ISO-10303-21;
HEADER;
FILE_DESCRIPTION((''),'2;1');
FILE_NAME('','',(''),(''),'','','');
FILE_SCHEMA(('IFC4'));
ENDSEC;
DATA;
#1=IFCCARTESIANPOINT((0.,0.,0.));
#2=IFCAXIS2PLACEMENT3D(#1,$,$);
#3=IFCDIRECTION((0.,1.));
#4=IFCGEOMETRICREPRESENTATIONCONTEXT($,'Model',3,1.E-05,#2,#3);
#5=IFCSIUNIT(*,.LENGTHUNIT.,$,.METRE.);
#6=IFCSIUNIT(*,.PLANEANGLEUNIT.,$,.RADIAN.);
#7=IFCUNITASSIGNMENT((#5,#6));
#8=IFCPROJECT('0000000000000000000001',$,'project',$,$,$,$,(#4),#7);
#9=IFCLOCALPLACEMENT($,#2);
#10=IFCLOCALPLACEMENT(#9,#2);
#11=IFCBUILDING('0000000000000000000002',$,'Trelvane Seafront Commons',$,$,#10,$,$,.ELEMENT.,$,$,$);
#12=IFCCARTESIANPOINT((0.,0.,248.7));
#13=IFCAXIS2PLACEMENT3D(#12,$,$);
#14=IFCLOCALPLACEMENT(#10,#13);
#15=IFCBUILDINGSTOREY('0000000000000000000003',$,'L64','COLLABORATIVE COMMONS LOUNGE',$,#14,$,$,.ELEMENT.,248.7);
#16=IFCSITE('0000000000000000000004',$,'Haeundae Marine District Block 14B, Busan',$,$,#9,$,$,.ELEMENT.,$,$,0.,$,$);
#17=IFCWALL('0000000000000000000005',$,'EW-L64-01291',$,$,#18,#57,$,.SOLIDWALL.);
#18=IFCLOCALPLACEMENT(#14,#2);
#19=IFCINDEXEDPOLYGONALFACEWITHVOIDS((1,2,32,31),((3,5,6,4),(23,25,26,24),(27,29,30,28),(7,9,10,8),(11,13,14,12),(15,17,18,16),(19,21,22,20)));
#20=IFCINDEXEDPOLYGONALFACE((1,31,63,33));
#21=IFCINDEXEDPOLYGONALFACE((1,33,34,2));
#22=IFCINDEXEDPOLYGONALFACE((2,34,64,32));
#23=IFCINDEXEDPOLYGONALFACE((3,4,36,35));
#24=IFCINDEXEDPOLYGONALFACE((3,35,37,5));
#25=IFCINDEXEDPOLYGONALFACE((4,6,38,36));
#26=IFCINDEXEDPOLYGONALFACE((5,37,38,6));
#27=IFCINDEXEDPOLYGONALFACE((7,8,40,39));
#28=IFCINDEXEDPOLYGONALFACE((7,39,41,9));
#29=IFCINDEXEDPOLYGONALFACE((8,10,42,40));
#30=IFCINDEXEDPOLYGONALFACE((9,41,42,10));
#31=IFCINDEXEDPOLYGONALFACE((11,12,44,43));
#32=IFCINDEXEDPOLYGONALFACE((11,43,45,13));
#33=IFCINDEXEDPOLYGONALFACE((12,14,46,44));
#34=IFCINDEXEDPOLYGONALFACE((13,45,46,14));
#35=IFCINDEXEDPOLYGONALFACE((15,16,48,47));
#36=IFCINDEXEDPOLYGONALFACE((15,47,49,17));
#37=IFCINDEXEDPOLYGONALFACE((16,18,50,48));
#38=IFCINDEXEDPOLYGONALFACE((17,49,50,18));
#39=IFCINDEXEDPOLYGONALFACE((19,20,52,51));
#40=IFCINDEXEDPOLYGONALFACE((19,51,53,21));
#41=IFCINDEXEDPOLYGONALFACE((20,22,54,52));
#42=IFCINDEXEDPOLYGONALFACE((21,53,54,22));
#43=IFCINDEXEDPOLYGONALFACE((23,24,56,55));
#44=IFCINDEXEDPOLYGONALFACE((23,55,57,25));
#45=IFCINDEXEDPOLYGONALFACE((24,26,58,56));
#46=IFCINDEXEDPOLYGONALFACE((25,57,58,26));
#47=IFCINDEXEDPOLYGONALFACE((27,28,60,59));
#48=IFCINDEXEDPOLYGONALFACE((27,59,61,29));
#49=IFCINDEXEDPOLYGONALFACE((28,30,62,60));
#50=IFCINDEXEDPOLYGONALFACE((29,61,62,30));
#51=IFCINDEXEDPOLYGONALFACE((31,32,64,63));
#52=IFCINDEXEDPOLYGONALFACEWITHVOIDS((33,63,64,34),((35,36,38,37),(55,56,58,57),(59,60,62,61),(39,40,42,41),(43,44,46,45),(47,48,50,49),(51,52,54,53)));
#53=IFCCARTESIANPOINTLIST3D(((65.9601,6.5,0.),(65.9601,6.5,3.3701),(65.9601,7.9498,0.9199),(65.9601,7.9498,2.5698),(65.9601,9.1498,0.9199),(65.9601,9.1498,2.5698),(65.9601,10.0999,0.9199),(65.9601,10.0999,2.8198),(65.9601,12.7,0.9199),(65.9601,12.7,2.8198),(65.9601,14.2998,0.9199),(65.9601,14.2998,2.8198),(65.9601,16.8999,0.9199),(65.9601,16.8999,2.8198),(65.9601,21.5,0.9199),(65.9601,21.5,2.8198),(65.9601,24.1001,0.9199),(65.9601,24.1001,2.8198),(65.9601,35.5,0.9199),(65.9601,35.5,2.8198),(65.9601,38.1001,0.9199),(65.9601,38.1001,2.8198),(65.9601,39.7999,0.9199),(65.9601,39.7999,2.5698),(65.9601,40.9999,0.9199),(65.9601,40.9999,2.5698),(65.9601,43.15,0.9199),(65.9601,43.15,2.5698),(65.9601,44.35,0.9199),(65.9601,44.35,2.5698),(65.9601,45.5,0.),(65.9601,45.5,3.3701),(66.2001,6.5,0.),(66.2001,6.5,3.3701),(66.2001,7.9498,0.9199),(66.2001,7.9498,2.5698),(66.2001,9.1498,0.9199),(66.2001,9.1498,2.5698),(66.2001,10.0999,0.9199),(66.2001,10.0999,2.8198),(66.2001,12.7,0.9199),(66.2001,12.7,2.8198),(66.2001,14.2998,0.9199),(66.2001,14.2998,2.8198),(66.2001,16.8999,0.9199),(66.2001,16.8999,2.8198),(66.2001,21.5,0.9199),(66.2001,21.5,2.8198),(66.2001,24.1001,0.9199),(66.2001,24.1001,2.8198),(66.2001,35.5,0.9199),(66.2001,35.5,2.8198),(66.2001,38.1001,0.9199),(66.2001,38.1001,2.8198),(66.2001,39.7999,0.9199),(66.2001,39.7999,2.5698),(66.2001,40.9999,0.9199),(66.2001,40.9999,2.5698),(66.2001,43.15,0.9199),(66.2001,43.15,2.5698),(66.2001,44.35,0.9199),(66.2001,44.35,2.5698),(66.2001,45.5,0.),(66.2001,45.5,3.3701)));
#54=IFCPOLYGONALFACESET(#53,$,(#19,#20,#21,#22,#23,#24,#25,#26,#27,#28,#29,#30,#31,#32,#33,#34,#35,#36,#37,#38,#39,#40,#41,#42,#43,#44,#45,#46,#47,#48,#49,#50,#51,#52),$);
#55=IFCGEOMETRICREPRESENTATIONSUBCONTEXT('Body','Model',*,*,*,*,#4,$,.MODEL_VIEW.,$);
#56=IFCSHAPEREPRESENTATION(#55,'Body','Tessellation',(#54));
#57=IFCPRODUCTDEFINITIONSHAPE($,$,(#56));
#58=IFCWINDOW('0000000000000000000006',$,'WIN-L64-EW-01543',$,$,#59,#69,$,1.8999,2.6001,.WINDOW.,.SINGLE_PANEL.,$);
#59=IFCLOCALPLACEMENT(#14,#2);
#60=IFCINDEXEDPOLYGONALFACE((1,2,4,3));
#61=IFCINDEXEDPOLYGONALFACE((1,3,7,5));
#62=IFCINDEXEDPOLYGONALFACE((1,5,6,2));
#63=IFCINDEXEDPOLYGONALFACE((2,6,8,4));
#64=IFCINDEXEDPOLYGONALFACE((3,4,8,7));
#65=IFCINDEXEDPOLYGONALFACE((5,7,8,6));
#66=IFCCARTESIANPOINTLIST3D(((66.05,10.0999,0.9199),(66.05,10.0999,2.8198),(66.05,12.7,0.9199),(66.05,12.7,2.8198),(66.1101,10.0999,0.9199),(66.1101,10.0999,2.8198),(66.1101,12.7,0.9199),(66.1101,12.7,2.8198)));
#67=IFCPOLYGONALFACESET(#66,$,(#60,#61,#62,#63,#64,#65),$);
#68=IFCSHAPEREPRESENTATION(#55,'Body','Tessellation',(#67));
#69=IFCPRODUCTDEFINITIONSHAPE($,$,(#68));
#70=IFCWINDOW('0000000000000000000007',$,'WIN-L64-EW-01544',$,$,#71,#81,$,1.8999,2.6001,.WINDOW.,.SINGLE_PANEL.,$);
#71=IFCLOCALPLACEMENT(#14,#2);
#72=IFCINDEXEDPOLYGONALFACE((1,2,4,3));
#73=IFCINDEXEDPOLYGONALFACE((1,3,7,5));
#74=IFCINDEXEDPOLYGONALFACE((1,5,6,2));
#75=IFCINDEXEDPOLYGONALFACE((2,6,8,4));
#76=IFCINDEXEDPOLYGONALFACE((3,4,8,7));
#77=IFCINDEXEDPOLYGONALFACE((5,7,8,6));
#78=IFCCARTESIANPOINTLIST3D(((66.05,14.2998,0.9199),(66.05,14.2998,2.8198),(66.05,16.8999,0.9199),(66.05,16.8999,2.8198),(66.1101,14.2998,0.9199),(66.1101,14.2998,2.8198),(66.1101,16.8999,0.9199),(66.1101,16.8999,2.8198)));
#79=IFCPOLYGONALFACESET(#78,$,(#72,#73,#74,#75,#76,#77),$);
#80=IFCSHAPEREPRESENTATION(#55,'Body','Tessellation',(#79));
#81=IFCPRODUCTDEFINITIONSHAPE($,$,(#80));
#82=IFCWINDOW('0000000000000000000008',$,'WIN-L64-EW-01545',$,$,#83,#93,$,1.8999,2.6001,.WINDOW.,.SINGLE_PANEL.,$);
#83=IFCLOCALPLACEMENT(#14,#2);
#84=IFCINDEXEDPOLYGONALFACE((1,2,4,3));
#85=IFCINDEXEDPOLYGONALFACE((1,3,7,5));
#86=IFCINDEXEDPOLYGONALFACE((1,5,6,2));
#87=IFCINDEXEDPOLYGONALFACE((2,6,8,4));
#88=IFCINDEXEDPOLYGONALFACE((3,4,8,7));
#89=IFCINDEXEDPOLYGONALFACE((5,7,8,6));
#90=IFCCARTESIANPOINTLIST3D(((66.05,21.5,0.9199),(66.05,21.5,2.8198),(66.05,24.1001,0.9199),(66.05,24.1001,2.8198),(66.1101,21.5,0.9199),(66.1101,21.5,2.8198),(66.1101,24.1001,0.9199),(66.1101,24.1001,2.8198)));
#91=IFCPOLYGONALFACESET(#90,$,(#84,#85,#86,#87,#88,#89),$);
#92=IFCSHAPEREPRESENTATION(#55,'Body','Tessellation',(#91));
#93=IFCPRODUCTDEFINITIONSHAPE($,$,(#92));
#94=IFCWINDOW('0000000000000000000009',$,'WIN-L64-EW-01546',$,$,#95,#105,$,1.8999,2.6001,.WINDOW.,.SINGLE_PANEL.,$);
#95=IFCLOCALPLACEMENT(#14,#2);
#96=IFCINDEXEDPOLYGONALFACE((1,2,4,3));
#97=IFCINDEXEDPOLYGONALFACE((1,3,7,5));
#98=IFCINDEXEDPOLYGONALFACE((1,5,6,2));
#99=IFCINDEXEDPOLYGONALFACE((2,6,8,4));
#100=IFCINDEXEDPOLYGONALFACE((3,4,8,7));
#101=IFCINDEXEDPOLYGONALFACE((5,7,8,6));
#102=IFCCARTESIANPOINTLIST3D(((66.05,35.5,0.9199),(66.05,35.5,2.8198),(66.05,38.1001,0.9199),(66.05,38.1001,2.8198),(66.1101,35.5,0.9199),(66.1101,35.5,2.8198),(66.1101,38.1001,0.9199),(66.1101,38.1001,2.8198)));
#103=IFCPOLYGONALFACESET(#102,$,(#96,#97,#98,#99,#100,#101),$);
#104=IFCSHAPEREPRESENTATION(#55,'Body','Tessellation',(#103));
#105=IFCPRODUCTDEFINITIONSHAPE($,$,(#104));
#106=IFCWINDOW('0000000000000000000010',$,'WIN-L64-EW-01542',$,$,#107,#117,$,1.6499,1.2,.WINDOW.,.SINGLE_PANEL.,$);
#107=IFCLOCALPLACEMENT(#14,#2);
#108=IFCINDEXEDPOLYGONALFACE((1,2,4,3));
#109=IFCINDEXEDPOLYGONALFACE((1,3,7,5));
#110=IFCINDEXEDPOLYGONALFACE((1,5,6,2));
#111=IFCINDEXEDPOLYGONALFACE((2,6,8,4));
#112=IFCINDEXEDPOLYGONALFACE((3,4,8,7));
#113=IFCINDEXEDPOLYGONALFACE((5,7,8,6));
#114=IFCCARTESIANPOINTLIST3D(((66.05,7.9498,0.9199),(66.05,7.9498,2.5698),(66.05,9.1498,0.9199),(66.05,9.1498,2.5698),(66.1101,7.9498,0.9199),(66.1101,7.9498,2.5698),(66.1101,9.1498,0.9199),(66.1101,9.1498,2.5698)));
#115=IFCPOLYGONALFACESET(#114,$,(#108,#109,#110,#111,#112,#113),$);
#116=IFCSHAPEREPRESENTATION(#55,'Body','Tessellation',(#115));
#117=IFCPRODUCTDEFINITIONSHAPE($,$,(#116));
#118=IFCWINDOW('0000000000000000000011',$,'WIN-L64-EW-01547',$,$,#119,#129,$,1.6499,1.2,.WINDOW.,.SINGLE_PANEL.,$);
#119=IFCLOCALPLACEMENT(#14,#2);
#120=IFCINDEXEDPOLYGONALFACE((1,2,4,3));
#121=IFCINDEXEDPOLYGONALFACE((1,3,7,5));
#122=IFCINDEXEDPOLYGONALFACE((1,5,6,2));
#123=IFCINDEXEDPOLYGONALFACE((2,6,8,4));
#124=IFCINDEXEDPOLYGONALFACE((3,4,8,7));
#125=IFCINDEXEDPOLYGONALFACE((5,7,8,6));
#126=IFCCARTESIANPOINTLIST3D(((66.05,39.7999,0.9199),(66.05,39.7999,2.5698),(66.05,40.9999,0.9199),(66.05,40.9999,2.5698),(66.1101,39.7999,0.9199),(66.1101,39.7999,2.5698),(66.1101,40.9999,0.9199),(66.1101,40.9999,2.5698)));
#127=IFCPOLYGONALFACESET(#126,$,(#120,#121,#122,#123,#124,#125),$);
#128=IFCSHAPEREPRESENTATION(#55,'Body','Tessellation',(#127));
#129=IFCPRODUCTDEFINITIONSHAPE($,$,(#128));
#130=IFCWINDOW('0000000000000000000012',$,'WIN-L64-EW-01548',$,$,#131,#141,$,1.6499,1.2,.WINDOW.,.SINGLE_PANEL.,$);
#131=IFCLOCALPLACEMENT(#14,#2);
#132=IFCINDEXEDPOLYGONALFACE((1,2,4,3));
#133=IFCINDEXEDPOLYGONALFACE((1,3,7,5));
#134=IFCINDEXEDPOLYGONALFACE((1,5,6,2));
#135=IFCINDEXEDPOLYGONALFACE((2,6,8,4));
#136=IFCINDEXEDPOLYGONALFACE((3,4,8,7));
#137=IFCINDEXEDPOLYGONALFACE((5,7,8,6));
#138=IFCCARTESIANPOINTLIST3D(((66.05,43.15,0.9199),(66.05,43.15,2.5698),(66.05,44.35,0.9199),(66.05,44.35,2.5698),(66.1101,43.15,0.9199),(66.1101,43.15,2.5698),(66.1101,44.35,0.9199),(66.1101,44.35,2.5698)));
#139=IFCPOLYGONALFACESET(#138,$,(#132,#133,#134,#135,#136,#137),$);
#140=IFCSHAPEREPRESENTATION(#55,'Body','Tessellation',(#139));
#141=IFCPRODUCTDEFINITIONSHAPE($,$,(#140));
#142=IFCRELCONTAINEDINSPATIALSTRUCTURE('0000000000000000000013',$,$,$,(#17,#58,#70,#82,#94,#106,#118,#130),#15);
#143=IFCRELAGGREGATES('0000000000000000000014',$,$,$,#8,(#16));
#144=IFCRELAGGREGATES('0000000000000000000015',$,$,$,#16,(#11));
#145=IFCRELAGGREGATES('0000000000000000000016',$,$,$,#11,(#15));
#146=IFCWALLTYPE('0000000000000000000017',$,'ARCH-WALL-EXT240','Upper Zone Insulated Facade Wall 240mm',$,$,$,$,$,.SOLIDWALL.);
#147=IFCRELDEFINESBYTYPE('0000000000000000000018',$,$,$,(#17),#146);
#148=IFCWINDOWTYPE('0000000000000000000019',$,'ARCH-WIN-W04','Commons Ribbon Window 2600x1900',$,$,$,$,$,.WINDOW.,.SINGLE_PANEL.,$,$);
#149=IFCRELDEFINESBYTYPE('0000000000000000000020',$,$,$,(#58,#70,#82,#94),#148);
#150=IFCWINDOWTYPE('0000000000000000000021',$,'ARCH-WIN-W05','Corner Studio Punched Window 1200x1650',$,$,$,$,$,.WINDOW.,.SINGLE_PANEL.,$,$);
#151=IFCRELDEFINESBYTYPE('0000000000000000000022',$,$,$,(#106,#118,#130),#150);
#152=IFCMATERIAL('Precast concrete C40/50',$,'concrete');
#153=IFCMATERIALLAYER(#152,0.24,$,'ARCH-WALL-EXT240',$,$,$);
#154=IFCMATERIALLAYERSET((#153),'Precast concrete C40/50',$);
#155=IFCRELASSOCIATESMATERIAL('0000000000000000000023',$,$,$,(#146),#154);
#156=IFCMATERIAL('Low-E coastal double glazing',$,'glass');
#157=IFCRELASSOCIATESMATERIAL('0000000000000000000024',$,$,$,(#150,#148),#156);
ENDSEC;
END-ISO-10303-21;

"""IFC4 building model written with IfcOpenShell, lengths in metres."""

from ifc_helpers import new_model, si_unit, direction, frame, frame_2d, origin, place, context, subcontext, project, spatial, rectangle, extrude, source, transform, mapped, material, layer, layer_set, type_object, element, fill, save


model = new_model("IFC4")

# Units and contexts
model_context = context("Model", 3, precision=1e-05, world=origin(), true_north=direction((0.0, 1.0)))
body_context = subcontext(model_context, "Body", "Model", "MODEL_VIEW")
ifc_project = project(units=[si_unit("LENGTHUNIT", "METRE"), si_unit("PLANEANGLEUNIT", "RADIAN")], contexts=[model_context])

# Site, building, storey
site_placement = place(None, origin())
site = spatial("IfcSite", under=ifc_project, at=site_placement, Name="Haeundae Marine District Block 14B, Busan", CompositionType="ELEMENT", RefElevation=0.0)
building_placement = place(site_placement, origin())
building = spatial("IfcBuilding", under=site, at=building_placement, Name="Trelvane Seafront Commons", CompositionType="ELEMENT")
storey_placement = place(building_placement, frame((0.0, 0.0, 248.7)))
storey = spatial("IfcBuildingStorey", under=building, at=storey_placement, Name="L64", Description="COLLABORATIVE COMMONS LOUNGE", CompositionType="ELEMENT", Elevation=248.7)

# Shared definitions
ifc_material_1 = material(Name="Low-E coastal double glazing", Category="glass")

# Shared definitions
ifc_material_2 = material(Name="Precast concrete C40/50", Category="concrete")
ifc_layer_1 = layer(ifc_material_2, 0.24, Name="ARCH-WALL-EXT240")
ifc_layer_set_1 = layer_set([ifc_layer_1], Name="Precast concrete C40/50")
wall_type_1 = type_object("IfcWallType", Name="ARCH-WALL-EXT240", Description="Upper Zone Insulated Facade Wall 240mm", PredefinedType="SOLIDWALL", material=ifc_layer_set_1)
window_type_1 = type_object("IfcWindowType", Name="ARCH-WIN-W05", Description="Corner Studio Punched Window 1200x1650", PartitioningType="SINGLE_PANEL", PredefinedType="WINDOW", material=ifc_material_1)
shared_shape_1 = source(origin(), body_context, "Body", "SweptSolid", [
    extrude(rectangle(XDim=1.2, YDim=1.6499, at=frame_2d((0.6001, 0.825))), frame((0.0, 0.03, 0.0), z_axis=(0.0, -1.0, 0.0), x_axis=(1.0, 0.0, 0.0)), (0.0, 0.0, 1.0), 0.0601),
])

# Wall, openings, windows
wall_1_placement = place(storey_placement, frame((66.0801, 45.5, 0.0), z_axis=(0.0, 0.0, 1.0), x_axis=(0.0, -1.0, 0.0)))
wall_1 = element("IfcWall", 1, at=wall_1_placement, inside=storey, type_object=wall_type_1, Name="EW-L64-01291", PredefinedType="SOLIDWALL", context=body_context, shape_type="SweptSolid", body=[
    extrude(rectangle(XDim=39.0, YDim=0.24, at=frame_2d((19.5, 0.0))), origin(), (0.0, 0.0, 1.0), 3.3701),
])
opening_1_placement = place(wall_1_placement, frame((36.3501, 0.0, 0.9199)))
opening_1 = element("IfcOpeningElement", 2, at=opening_1_placement, cuts=wall_1, PredefinedType="OPENING", context=body_context, shape_type="SweptSolid", body=[
    extrude(rectangle(XDim=1.2, YDim=1.6499, at=frame_2d((0.6001, 0.825))), frame((0.0, 0.1299, 0.0), z_axis=(0.0, -1.0, 0.0), x_axis=(1.0, 0.0, 0.0)), (0.0, 0.0, 1.0), 0.26),
])
opening_2_placement = place(wall_1_placement, frame((32.8, 0.0, 0.9199)))
opening_2 = element("IfcOpeningElement", 3, at=opening_2_placement, cuts=wall_1, PredefinedType="OPENING", context=body_context, shape_type="SweptSolid", body=[
    extrude(rectangle(XDim=2.6001, YDim=1.8999, at=frame_2d((1.3, 0.95))), frame((0.0, 0.1299, 0.0), z_axis=(0.0, -1.0, 0.0), x_axis=(1.0, 0.0, 0.0)), (0.0, 0.0, 1.0), 0.26),
])
opening_3_placement = place(wall_1_placement, frame((28.6001, 0.0, 0.9199)))
opening_3 = element("IfcOpeningElement", 4, at=opening_3_placement, cuts=wall_1, PredefinedType="OPENING", context=body_context, shape_type="SweptSolid", body=[
    extrude(rectangle(XDim=2.6001, YDim=1.8999, at=frame_2d((1.3, 0.95))), frame((0.0, 0.1299, 0.0), z_axis=(0.0, -1.0, 0.0), x_axis=(1.0, 0.0, 0.0)), (0.0, 0.0, 1.0), 0.26),
])
opening_4_placement = place(wall_1_placement, frame((21.3999, 0.0, 0.9199)))
opening_4 = element("IfcOpeningElement", 5, at=opening_4_placement, cuts=wall_1, PredefinedType="OPENING", context=body_context, shape_type="SweptSolid", body=[
    extrude(rectangle(XDim=2.6001, YDim=1.8999, at=frame_2d((1.3, 0.95))), frame((0.0, 0.1299, 0.0), z_axis=(0.0, -1.0, 0.0), x_axis=(1.0, 0.0, 0.0)), (0.0, 0.0, 1.0), 0.26),
])
opening_5_placement = place(wall_1_placement, frame((7.3999, 0.0, 0.9199)))
opening_5 = element("IfcOpeningElement", 6, at=opening_5_placement, cuts=wall_1, PredefinedType="OPENING", context=body_context, shape_type="SweptSolid", body=[
    extrude(rectangle(XDim=2.6001, YDim=1.8999, at=frame_2d((1.3, 0.95))), frame((0.0, 0.1299, 0.0), z_axis=(0.0, -1.0, 0.0), x_axis=(1.0, 0.0, 0.0)), (0.0, 0.0, 1.0), 0.26),
])
opening_6_placement = place(wall_1_placement, frame((4.5, 0.0, 0.9199)))
opening_6 = element("IfcOpeningElement", 7, at=opening_6_placement, cuts=wall_1, PredefinedType="OPENING", context=body_context, shape_type="SweptSolid", body=[
    extrude(rectangle(XDim=1.2, YDim=1.6499, at=frame_2d((0.6001, 0.825))), frame((0.0, 0.1299, 0.0), z_axis=(0.0, -1.0, 0.0), x_axis=(1.0, 0.0, 0.0)), (0.0, 0.0, 1.0), 0.26),
])
opening_7_placement = place(wall_1_placement, frame((1.1499, 0.0, 0.9199)))
opening_7 = element("IfcOpeningElement", 8, at=opening_7_placement, cuts=wall_1, PredefinedType="OPENING", context=body_context, shape_type="SweptSolid", body=[
    extrude(rectangle(XDim=1.2, YDim=1.6499, at=frame_2d((0.6001, 0.825))), frame((0.0, 0.1299, 0.0), z_axis=(0.0, -1.0, 0.0), x_axis=(1.0, 0.0, 0.0)), (0.0, 0.0, 1.0), 0.26),
])
window_type_2 = type_object("IfcWindowType", Name="ARCH-WIN-W04", Description="Commons Ribbon Window 2600x1900", PartitioningType="SINGLE_PANEL", PredefinedType="WINDOW", material=ifc_material_1)
shared_shape_2 = source(origin(), body_context, "Body", "SweptSolid", [
    extrude(rectangle(XDim=2.6001, YDim=1.8999, at=frame_2d((1.3, 0.95))), frame((0.0, 0.03, 0.0), z_axis=(0.0, -1.0, 0.0), x_axis=(1.0, 0.0, 0.0)), (0.0, 0.0, 1.0), 0.0601),
])
window_1_placement = place(opening_2_placement, origin())
window_1 = element("IfcWindow", 9, at=window_1_placement, inside=storey, type_object=window_type_2, Name="WIN-L64-EW-01543", OverallHeight=1.8999, OverallWidth=2.6001, PartitioningType="SINGLE_PANEL", PredefinedType="WINDOW", context=body_context, shape_type="MappedRepresentation", body=[
    mapped(shared_shape_2, transform((0.0, 0.0, 0.0), x_axis=(1.0, 0.0, 0.0), y_axis=(0.0, 1.0, 0.0), z_axis=(0.0, 0.0, 1.0), scale=1.0)),
])
fill(opening_2, window_1)
window_2_placement = place(opening_3_placement, origin())
window_2 = element("IfcWindow", 10, at=window_2_placement, inside=storey, type_object=window_type_2, Name="WIN-L64-EW-01544", OverallHeight=1.8999, OverallWidth=2.6001, PartitioningType="SINGLE_PANEL", PredefinedType="WINDOW", context=body_context, shape_type="MappedRepresentation", body=[
    mapped(shared_shape_2, transform((0.0, 0.0, 0.0), x_axis=(1.0, 0.0, 0.0), y_axis=(0.0, 1.0, 0.0), z_axis=(0.0, 0.0, 1.0), scale=1.0)),
])
fill(opening_3, window_2)
window_3_placement = place(opening_4_placement, origin())
window_3 = element("IfcWindow", 11, at=window_3_placement, inside=storey, type_object=window_type_2, Name="WIN-L64-EW-01545", OverallHeight=1.8999, OverallWidth=2.6001, PartitioningType="SINGLE_PANEL", PredefinedType="WINDOW", context=body_context, shape_type="MappedRepresentation", body=[
    mapped(shared_shape_2, transform((0.0, 0.0, 0.0), x_axis=(1.0, 0.0, 0.0), y_axis=(0.0, 1.0, 0.0), z_axis=(0.0, 0.0, 1.0), scale=1.0)),
])
fill(opening_4, window_3)
window_4_placement = place(opening_5_placement, origin())
window_4 = element("IfcWindow", 12, at=window_4_placement, inside=storey, type_object=window_type_2, Name="WIN-L64-EW-01546", OverallHeight=1.8999, OverallWidth=2.6001, PartitioningType="SINGLE_PANEL", PredefinedType="WINDOW", context=body_context, shape_type="MappedRepresentation", body=[
    mapped(shared_shape_2, transform((0.0, 0.0, 0.0), x_axis=(1.0, 0.0, 0.0), y_axis=(0.0, 1.0, 0.0), z_axis=(0.0, 0.0, 1.0), scale=1.0)),
])
fill(opening_5, window_4)
window_5_placement = place(opening_1_placement, origin())
window_5 = element("IfcWindow", 13, at=window_5_placement, inside=storey, type_object=window_type_1, Name="WIN-L64-EW-01542", OverallHeight=1.6499, OverallWidth=1.2, PartitioningType="SINGLE_PANEL", PredefinedType="WINDOW", context=body_context, shape_type="MappedRepresentation", body=[
    mapped(shared_shape_1, transform((0.0, 0.0, 0.0), x_axis=(1.0, 0.0, 0.0), y_axis=(0.0, 1.0, 0.0), z_axis=(0.0, 0.0, 1.0), scale=1.0)),
])
fill(opening_1, window_5)
window_6_placement = place(opening_6_placement, origin())
window_6 = element("IfcWindow", 14, at=window_6_placement, inside=storey, type_object=window_type_1, Name="WIN-L64-EW-01547", OverallHeight=1.6499, OverallWidth=1.2, PartitioningType="SINGLE_PANEL", PredefinedType="WINDOW", context=body_context, shape_type="MappedRepresentation", body=[
    mapped(shared_shape_1, transform((0.0, 0.0, 0.0), x_axis=(1.0, 0.0, 0.0), y_axis=(0.0, 1.0, 0.0), z_axis=(0.0, 0.0, 1.0), scale=1.0)),
])
fill(opening_6, window_6)
window_7_placement = place(opening_7_placement, origin())
window_7 = element("IfcWindow", 15, at=window_7_placement, inside=storey, type_object=window_type_1, Name="WIN-L64-EW-01548", OverallHeight=1.6499, OverallWidth=1.2, PartitioningType="SINGLE_PANEL", PredefinedType="WINDOW", context=body_context, shape_type="MappedRepresentation", body=[
    mapped(shared_shape_1, transform((0.0, 0.0, 0.0), x_axis=(1.0, 0.0, 0.0), y_axis=(0.0, 1.0, 0.0), z_axis=(0.0, 0.0, 1.0), scale=1.0)),
])
fill(opening_7, window_7)

save(model, "model.ifc")
